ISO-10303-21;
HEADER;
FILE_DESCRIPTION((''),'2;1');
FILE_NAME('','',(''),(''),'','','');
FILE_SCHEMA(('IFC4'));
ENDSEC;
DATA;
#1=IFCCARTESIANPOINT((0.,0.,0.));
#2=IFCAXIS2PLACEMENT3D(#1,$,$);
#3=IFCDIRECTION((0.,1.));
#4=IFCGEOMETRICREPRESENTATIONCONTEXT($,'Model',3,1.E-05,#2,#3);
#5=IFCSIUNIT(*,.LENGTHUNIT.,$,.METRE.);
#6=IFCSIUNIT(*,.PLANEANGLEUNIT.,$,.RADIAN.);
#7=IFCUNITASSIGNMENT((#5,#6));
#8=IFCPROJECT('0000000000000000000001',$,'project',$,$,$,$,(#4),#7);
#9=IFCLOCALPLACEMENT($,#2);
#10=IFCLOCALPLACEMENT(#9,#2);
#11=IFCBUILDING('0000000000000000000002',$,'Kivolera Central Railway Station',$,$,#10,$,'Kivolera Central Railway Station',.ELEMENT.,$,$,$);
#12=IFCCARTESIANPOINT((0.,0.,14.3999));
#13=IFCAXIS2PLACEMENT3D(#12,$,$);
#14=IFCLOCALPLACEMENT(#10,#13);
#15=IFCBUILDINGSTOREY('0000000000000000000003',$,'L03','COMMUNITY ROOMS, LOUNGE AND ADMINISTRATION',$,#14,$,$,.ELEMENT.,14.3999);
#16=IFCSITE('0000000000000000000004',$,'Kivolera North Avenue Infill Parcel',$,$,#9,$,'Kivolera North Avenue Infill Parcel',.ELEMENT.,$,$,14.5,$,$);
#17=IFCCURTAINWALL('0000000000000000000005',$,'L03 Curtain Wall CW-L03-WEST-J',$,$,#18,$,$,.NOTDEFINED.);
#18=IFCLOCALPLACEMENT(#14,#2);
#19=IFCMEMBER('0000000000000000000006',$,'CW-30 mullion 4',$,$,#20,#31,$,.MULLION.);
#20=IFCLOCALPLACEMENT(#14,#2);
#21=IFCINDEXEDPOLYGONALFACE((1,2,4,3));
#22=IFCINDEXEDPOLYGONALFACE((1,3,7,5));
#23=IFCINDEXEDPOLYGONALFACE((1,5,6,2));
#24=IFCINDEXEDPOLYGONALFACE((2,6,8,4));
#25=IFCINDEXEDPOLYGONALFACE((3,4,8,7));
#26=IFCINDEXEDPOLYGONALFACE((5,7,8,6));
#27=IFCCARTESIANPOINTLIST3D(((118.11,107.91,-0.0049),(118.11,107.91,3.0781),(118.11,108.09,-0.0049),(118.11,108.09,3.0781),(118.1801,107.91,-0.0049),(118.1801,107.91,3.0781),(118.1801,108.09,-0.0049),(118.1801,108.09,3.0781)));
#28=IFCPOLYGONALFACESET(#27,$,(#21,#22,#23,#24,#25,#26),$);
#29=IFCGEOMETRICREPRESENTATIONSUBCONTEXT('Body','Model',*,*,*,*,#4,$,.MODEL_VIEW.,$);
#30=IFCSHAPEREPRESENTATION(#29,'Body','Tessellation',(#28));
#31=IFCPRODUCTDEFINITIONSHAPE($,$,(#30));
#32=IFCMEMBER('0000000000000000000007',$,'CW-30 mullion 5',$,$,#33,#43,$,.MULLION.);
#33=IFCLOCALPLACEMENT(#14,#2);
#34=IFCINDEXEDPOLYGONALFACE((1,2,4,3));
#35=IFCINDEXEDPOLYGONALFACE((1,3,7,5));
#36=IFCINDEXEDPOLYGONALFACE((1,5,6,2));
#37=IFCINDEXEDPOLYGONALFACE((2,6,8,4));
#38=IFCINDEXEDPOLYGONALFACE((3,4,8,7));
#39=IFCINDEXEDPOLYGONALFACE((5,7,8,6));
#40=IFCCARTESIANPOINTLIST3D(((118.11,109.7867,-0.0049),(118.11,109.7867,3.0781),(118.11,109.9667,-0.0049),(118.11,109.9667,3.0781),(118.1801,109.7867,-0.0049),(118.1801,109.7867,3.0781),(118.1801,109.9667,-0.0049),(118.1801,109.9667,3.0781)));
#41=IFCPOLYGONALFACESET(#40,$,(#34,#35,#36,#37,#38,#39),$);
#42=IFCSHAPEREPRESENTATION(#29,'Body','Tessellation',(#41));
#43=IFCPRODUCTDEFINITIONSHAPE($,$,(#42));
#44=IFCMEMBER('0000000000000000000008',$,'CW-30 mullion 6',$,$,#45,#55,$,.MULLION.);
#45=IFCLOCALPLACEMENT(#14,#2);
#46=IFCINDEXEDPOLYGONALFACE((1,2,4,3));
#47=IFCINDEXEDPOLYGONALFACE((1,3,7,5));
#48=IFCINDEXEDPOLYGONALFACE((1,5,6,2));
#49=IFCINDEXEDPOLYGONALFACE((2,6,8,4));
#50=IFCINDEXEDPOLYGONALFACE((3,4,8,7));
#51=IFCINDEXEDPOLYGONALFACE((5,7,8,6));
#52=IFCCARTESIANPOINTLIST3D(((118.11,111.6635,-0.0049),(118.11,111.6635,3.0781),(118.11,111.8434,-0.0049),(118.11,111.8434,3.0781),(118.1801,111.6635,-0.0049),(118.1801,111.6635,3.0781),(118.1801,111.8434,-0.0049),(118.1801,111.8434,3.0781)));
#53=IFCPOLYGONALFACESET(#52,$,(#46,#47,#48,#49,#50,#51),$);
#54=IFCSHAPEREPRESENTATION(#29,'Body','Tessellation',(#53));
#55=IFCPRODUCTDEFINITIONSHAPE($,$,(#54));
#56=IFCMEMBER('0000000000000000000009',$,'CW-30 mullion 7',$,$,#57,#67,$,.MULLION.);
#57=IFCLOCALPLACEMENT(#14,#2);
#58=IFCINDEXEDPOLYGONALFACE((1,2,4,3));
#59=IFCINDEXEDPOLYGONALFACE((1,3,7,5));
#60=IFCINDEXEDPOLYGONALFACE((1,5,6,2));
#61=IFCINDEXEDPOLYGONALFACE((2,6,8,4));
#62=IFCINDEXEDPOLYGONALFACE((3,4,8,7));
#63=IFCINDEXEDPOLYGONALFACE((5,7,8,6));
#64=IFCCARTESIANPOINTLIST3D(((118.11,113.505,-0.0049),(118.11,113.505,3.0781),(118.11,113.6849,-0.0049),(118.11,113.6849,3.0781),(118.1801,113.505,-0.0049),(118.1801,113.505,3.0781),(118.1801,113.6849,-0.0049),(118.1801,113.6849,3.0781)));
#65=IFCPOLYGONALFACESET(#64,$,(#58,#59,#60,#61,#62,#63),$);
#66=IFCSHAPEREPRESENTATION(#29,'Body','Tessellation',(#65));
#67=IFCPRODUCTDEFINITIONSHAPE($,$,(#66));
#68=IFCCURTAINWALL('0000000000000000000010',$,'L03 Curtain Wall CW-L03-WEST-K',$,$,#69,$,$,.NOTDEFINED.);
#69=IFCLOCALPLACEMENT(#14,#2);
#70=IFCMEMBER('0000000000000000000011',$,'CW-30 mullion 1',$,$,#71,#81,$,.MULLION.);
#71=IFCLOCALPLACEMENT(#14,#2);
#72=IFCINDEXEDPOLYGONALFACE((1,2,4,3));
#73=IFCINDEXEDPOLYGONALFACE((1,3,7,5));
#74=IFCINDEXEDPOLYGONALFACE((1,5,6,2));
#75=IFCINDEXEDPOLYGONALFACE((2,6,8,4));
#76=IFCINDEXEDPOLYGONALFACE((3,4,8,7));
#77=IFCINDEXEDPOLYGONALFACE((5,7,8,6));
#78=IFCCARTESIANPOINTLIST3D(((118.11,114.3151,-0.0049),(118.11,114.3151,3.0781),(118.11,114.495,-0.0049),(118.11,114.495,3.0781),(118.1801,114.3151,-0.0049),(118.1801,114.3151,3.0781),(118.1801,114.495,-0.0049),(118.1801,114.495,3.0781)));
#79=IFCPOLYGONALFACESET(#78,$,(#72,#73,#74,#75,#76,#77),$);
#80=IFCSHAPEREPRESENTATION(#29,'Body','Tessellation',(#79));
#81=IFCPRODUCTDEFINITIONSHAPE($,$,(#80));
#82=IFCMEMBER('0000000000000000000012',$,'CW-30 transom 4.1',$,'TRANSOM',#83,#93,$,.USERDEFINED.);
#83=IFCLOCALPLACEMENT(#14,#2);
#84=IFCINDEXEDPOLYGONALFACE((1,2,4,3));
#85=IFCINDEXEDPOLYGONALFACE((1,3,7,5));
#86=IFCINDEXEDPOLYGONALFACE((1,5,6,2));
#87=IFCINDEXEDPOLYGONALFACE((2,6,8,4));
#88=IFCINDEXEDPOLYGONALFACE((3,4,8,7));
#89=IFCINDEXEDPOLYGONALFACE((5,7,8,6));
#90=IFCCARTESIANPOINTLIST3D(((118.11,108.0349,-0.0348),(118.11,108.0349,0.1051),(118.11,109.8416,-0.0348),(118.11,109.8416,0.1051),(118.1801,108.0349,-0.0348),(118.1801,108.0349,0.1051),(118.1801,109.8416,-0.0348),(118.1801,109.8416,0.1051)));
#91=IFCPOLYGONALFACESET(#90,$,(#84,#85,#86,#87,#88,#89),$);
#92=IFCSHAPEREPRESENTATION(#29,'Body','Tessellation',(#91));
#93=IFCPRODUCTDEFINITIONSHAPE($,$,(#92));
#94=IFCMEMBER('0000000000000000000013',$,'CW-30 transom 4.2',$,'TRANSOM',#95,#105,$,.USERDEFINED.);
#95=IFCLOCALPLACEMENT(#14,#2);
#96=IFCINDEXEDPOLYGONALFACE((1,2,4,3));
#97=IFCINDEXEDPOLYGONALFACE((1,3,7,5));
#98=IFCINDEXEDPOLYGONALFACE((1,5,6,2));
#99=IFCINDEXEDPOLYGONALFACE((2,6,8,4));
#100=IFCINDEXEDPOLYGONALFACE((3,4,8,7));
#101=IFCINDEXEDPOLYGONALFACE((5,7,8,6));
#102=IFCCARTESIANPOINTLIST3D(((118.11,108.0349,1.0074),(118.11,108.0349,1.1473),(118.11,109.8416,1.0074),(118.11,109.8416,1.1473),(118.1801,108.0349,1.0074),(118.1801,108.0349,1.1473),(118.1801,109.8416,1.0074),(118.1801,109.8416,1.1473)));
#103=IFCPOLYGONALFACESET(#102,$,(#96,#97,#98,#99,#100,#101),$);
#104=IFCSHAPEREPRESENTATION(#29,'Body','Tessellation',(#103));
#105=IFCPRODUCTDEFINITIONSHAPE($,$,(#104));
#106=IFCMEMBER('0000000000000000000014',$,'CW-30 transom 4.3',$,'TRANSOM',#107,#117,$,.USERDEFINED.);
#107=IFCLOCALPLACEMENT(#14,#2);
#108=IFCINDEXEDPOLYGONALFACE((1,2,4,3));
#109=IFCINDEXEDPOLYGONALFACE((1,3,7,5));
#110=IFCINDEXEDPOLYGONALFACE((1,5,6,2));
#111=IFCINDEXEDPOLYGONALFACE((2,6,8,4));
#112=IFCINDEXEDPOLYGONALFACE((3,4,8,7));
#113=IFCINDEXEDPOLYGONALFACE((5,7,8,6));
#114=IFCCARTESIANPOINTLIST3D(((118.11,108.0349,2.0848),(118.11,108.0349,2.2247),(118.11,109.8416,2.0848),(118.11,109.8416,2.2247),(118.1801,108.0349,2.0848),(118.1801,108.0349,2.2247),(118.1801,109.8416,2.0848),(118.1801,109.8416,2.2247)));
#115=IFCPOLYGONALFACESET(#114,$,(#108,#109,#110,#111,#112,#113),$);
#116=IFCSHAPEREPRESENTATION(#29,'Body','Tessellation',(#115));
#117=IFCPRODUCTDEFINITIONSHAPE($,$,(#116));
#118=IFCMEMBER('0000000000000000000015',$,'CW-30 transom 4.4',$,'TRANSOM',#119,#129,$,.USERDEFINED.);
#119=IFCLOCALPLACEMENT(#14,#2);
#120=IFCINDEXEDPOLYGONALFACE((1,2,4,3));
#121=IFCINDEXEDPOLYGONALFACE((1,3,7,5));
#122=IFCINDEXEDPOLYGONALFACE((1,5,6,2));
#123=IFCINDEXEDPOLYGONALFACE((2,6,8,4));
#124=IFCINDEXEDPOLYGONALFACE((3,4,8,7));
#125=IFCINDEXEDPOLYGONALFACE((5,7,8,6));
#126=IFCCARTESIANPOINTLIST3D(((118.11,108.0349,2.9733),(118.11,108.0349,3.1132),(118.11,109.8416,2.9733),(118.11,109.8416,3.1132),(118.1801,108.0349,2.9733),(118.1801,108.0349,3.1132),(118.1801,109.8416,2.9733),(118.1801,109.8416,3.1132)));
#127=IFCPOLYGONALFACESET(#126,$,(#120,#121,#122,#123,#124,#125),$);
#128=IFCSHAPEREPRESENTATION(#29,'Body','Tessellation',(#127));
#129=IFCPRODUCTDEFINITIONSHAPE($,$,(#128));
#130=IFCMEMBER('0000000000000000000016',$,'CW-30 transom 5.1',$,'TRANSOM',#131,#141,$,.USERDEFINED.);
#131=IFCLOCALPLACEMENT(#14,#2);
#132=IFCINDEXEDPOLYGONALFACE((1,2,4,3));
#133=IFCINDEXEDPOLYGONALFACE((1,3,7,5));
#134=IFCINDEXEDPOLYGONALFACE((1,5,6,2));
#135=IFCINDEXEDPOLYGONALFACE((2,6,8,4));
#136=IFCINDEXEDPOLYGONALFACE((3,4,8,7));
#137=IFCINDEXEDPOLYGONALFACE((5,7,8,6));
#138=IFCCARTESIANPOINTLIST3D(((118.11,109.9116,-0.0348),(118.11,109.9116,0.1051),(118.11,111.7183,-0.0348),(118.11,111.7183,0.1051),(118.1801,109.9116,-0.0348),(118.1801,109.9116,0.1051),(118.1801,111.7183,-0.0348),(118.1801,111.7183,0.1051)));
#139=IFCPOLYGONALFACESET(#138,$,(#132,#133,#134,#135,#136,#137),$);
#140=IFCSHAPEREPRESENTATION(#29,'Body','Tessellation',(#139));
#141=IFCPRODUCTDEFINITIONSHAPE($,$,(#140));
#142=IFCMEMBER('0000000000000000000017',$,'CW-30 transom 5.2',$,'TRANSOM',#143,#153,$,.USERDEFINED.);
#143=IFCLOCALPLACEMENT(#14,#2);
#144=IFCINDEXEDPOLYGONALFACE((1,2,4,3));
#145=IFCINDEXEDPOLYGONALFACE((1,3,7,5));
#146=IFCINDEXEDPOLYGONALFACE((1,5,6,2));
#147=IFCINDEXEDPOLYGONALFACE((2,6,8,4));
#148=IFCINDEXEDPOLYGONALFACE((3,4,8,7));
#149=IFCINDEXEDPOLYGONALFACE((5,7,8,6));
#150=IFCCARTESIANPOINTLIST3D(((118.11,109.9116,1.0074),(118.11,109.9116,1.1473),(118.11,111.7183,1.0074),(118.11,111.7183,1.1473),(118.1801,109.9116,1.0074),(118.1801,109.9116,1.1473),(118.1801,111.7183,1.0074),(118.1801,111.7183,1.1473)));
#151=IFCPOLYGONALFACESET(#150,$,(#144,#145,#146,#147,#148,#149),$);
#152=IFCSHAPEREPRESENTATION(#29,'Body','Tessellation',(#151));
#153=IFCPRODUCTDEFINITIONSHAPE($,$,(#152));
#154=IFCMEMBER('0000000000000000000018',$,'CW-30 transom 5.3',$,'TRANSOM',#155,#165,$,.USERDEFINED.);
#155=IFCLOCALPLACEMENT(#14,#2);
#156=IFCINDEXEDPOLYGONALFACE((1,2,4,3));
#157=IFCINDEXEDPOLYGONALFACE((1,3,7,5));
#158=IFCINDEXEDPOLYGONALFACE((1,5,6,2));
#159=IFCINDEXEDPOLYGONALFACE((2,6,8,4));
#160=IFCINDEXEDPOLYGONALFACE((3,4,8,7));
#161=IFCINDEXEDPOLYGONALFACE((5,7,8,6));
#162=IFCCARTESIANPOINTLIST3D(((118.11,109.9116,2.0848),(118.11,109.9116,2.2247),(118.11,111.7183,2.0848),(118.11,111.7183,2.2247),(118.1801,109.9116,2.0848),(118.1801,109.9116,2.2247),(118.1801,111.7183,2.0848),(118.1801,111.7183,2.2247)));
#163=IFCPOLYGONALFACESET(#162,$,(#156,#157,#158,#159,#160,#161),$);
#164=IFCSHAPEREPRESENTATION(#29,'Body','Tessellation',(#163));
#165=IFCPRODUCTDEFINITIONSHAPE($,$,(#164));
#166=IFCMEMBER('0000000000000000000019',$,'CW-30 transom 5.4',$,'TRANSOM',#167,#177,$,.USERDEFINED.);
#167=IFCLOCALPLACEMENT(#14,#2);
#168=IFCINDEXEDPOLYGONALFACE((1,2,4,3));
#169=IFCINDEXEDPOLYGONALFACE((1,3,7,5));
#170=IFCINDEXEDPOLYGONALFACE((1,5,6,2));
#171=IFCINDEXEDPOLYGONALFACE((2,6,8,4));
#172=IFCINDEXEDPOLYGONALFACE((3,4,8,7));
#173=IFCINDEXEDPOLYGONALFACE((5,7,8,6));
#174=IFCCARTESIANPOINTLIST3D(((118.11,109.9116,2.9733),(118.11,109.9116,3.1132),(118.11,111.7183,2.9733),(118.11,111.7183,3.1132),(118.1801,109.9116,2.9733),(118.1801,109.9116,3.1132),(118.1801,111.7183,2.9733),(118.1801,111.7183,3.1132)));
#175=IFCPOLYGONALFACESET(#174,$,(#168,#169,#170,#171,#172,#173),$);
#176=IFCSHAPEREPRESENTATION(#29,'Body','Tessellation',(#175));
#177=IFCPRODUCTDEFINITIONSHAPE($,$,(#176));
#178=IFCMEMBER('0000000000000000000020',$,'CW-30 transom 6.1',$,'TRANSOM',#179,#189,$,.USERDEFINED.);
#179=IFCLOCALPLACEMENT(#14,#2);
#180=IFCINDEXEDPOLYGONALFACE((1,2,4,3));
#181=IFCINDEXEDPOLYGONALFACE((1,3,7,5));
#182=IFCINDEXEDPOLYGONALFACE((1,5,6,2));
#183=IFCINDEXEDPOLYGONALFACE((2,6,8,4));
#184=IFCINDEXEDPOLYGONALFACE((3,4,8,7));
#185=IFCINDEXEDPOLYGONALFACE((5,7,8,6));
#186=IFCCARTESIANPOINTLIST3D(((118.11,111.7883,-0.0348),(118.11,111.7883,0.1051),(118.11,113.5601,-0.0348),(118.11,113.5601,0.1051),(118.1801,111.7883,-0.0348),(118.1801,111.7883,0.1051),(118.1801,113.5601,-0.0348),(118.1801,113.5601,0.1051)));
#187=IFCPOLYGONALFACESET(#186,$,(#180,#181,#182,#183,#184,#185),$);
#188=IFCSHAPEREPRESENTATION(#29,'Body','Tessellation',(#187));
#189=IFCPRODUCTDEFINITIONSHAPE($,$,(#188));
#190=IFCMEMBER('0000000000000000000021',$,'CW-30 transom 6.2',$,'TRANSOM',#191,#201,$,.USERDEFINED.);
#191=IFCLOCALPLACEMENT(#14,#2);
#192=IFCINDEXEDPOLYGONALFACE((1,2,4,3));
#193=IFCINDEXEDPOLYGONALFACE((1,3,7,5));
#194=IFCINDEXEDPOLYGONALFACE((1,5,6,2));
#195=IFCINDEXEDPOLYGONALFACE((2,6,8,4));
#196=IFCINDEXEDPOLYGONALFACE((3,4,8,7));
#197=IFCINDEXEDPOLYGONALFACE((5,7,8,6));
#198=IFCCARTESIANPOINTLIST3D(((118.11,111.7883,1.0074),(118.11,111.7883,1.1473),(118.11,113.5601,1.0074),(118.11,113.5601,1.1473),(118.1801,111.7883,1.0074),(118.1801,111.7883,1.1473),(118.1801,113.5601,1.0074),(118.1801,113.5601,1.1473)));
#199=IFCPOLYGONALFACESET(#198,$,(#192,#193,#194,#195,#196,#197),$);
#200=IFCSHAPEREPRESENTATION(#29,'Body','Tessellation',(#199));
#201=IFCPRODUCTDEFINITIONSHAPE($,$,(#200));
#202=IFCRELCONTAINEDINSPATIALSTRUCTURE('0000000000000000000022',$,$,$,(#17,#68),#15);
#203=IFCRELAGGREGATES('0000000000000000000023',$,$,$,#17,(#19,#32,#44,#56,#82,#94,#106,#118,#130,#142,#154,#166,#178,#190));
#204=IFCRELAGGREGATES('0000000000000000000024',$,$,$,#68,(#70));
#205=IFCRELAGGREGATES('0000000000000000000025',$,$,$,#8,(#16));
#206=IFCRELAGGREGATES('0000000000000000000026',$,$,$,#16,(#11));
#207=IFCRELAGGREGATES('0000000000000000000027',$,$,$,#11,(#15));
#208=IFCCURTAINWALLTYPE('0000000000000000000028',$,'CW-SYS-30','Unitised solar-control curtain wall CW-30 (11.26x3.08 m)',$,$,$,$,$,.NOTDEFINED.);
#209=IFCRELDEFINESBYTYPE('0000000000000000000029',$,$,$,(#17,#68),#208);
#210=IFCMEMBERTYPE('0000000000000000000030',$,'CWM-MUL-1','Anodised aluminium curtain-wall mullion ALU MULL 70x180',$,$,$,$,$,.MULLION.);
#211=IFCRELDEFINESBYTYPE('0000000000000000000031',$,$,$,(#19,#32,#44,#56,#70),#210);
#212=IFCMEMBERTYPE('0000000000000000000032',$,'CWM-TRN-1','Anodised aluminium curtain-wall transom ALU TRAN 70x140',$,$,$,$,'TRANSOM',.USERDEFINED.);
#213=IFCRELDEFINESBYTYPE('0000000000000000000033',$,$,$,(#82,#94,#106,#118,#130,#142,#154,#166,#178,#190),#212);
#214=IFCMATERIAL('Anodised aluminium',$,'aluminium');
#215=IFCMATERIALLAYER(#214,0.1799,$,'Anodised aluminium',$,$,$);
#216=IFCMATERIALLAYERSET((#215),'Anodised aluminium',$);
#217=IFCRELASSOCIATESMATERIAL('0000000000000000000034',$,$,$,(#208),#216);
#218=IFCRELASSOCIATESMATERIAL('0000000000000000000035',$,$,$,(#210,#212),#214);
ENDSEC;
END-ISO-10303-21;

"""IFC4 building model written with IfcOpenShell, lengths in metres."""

from ifc_helpers import new_model, si_unit, direction, frame, origin, origin_2d, place, context, subcontext, project, spatial, rectangle, extrude, material, layer, layer_set, material_profile, profile_set, type_object, element, aggregate, save


model = new_model("IFC4")

# Units and contexts
model_context = context("Model", 3, precision=1e-05, world=origin(), true_north=direction((0.0, 1.0)))
body_context = subcontext(model_context, "Body", "Model", "MODEL_VIEW")
ifc_project = project(units=[si_unit("LENGTHUNIT", "METRE"), si_unit("PLANEANGLEUNIT", "RADIAN")], contexts=[model_context])

# Site, building, storey
site_placement = place(None, origin())
site = spatial("IfcSite", under=ifc_project, at=site_placement, Name="Kivolera North Avenue Infill Parcel", LongName="Kivolera North Avenue Infill Parcel", CompositionType="ELEMENT", RefElevation=14.5)
building_placement = place(site_placement, origin())
building = spatial("IfcBuilding", under=site, at=building_placement, Name="Kivolera Central Railway Station", LongName="Kivolera Central Railway Station", CompositionType="ELEMENT")
storey_placement = place(building_placement, frame((0.0, 0.0, 14.3999)))
storey = spatial("IfcBuildingStorey", under=building, at=storey_placement, Name="L03", Description="COMMUNITY ROOMS, LOUNGE AND ADMINISTRATION", CompositionType="ELEMENT", Elevation=14.3999)

# Curtain wall, members
ifc_material_1 = material(Name="Anodised aluminium", Category="aluminium")
ifc_layer_1 = layer(ifc_material_1, 0.1799, Name="Anodised aluminium")
ifc_layer_set_1 = layer_set([ifc_layer_1], Name="Anodised aluminium")
curtain_wall_type = type_object("IfcCurtainWallType", Name="CW-SYS-30", Description="Unitised solar-control curtain wall CW-30 (11.26x3.08 m)", PredefinedType="NOTDEFINED", material=ifc_layer_set_1)
curtain_wall_1_placement = place(storey_placement, origin())
curtain_wall_1 = element("IfcCurtainWall", 1, at=curtain_wall_1_placement, inside=storey, type_object=curtain_wall_type, Name="L03 Curtain Wall CW-L03-WEST-J", PredefinedType="NOTDEFINED")
ifc_material_profile_1 = material_profile(ifc_material_1, rectangle(XDim=0.0701, YDim=0.1799, at=origin_2d()), Name="ALU MULL 70x180")
ifc_profile_set_1 = profile_set([ifc_material_profile_1], Name="Anodised aluminium")
member_type_1 = type_object("IfcMemberType", Name="CWM-MUL-1", Description="Anodised aluminium curtain-wall mullion ALU MULL 70x180", PredefinedType="MULLION", material=ifc_profile_set_1)
member_1_placement = place(storey_placement, frame((118.145, 108.0, -0.0049), z_axis=(0.0, 0.0, 1.0), x_axis=(-1.0, 0.0, 0.0)))
member_1 = element("IfcMember", 2, at=member_1_placement, type_object=member_type_1, Name="CW-30 mullion 4", PredefinedType="MULLION", context=body_context, shape_type="SweptSolid", body=[
    extrude(rectangle(XDim=0.0701, YDim=0.1799, at=origin_2d()), origin(), (0.0, 0.0, 1.0), 3.083),
])
member_2_placement = place(storey_placement, frame((118.145, 109.8767, -0.0049), z_axis=(0.0, 0.0, 1.0), x_axis=(-1.0, 0.0, 0.0)))
member_2 = element("IfcMember", 3, at=member_2_placement, type_object=member_type_1, Name="CW-30 mullion 5", PredefinedType="MULLION", context=body_context, shape_type="SweptSolid", body=[
    extrude(rectangle(XDim=0.0701, YDim=0.1799, at=origin_2d()), origin(), (0.0, 0.0, 1.0), 3.083),
])
member_3_placement = place(storey_placement, frame((118.145, 111.7534, -0.0049), z_axis=(0.0, 0.0, 1.0), x_axis=(-1.0, 0.0, 0.0)))
member_3 = element("IfcMember", 4, at=member_3_placement, type_object=member_type_1, Name="CW-30 mullion 6", PredefinedType="MULLION", context=body_context, shape_type="SweptSolid", body=[
    extrude(rectangle(XDim=0.0701, YDim=0.1799, at=origin_2d()), origin(), (0.0, 0.0, 1.0), 3.083),
])
member_4_placement = place(storey_placement, frame((118.145, 113.595, -0.0049), z_axis=(0.0, 0.0, 1.0), x_axis=(-1.0, 0.0, 0.0)))
member_4 = element("IfcMember", 5, at=member_4_placement, type_object=member_type_1, Name="CW-30 mullion 7", PredefinedType="MULLION", context=body_context, shape_type="SweptSolid", body=[
    extrude(rectangle(XDim=0.0701, YDim=0.1799, at=origin_2d()), origin(), (0.0, 0.0, 1.0), 3.083),
])

# Curtain wall, member
curtain_wall_2_placement = place(storey_placement, origin())
curtain_wall_2 = element("IfcCurtainWall", 6, at=curtain_wall_2_placement, inside=storey, type_object=curtain_wall_type, Name="L03 Curtain Wall CW-L03-WEST-K", PredefinedType="NOTDEFINED")
member_5_placement = place(storey_placement, frame((118.145, 114.405, -0.0049), z_axis=(0.0, 0.0, 1.0), x_axis=(-1.0, 0.0, 0.0)))
member_5 = element("IfcMember", 7, at=member_5_placement, type_object=member_type_1, Name="CW-30 mullion 1", PredefinedType="MULLION", context=body_context, shape_type="SweptSolid", body=[
    extrude(rectangle(XDim=0.0701, YDim=0.1799, at=origin_2d()), origin(), (0.0, 0.0, 1.0), 3.083),
])

# Members
ifc_material_profile_2 = material_profile(ifc_material_1, rectangle(XDim=0.0701, YDim=0.1399, at=origin_2d()), Name="ALU TRAN 70x140")
ifc_profile_set_2 = profile_set([ifc_material_profile_2], Name="Anodised aluminium")
member_type_2 = type_object("IfcMemberType", Name="CWM-TRN-1", Description="Anodised aluminium curtain-wall transom ALU TRAN 70x140", ElementType="TRANSOM", PredefinedType="USERDEFINED", material=ifc_profile_set_2)
member_6_placement = place(storey_placement, frame((118.145, 108.0349, 0.0352), z_axis=(0.0, 1.0, 0.0), x_axis=(-1.0, 0.0, 0.0)))
member_6 = element("IfcMember", 8, at=member_6_placement, type_object=member_type_2, Name="CW-30 transom 4.1", ObjectType="TRANSOM", PredefinedType="USERDEFINED", context=body_context, shape_type="SweptSolid", body=[
    extrude(rectangle(XDim=0.0701, YDim=0.1399, at=origin_2d()), origin(), (0.0, 0.0, 1.0), 1.8066),
])
member_7_placement = place(storey_placement, frame((118.145, 108.0349, 1.0774), z_axis=(0.0, 1.0, 0.0), x_axis=(-1.0, 0.0, 0.0)))
member_7 = element("IfcMember", 9, at=member_7_placement, type_object=member_type_2, Name="CW-30 transom 4.2", ObjectType="TRANSOM", PredefinedType="USERDEFINED", context=body_context, shape_type="SweptSolid", body=[
    extrude(rectangle(XDim=0.0701, YDim=0.1399, at=origin_2d()), origin(), (0.0, 0.0, 1.0), 1.8066),
])
member_8_placement = place(storey_placement, frame((118.145, 108.0349, 2.1548), z_axis=(0.0, 1.0, 0.0), x_axis=(-1.0, 0.0, 0.0)))
member_8 = element("IfcMember", 10, at=member_8_placement, type_object=member_type_2, Name="CW-30 transom 4.3", ObjectType="TRANSOM", PredefinedType="USERDEFINED", context=body_context, shape_type="SweptSolid", body=[
    extrude(rectangle(XDim=0.0701, YDim=0.1399, at=origin_2d()), origin(), (0.0, 0.0, 1.0), 1.8066),
])
member_9_placement = place(storey_placement, frame((118.145, 108.0349, 3.0432), z_axis=(0.0, 1.0, 0.0), x_axis=(-1.0, 0.0, 0.0)))
member_9 = element("IfcMember", 11, at=member_9_placement, type_object=member_type_2, Name="CW-30 transom 4.4", ObjectType="TRANSOM", PredefinedType="USERDEFINED", context=body_context, shape_type="SweptSolid", body=[
    extrude(rectangle(XDim=0.0701, YDim=0.1399, at=origin_2d()), origin(), (0.0, 0.0, 1.0), 1.8066),
])
member_10_placement = place(storey_placement, frame((118.145, 109.9116, 0.0352), z_axis=(0.0, 1.0, 0.0), x_axis=(-1.0, 0.0, 0.0)))
member_10 = element("IfcMember", 12, at=member_10_placement, type_object=member_type_2, Name="CW-30 transom 5.1", ObjectType="TRANSOM", PredefinedType="USERDEFINED", context=body_context, shape_type="SweptSolid", body=[
    extrude(rectangle(XDim=0.0701, YDim=0.1399, at=origin_2d()), origin(), (0.0, 0.0, 1.0), 1.8066),
])
member_11_placement = place(storey_placement, frame((118.145, 109.9116, 1.0774), z_axis=(0.0, 1.0, 0.0), x_axis=(-1.0, 0.0, 0.0)))
member_11 = element("IfcMember", 13, at=member_11_placement, type_object=member_type_2, Name="CW-30 transom 5.2", ObjectType="TRANSOM", PredefinedType="USERDEFINED", context=body_context, shape_type="SweptSolid", body=[
    extrude(rectangle(XDim=0.0701, YDim=0.1399, at=origin_2d()), origin(), (0.0, 0.0, 1.0), 1.8066),
])
member_12_placement = place(storey_placement, frame((118.145, 109.9116, 2.1548), z_axis=(0.0, 1.0, 0.0), x_axis=(-1.0, 0.0, 0.0)))
member_12 = element("IfcMember", 14, at=member_12_placement, type_object=member_type_2, Name="CW-30 transom 5.3", ObjectType="TRANSOM", PredefinedType="USERDEFINED", context=body_context, shape_type="SweptSolid", body=[
    extrude(rectangle(XDim=0.0701, YDim=0.1399, at=origin_2d()), origin(), (0.0, 0.0, 1.0), 1.8066),
])
member_13_placement = place(storey_placement, frame((118.145, 109.9116, 3.0432), z_axis=(0.0, 1.0, 0.0), x_axis=(-1.0, 0.0, 0.0)))
member_13 = element("IfcMember", 15, at=member_13_placement, type_object=member_type_2, Name="CW-30 transom 5.4", ObjectType="TRANSOM", PredefinedType="USERDEFINED", context=body_context, shape_type="SweptSolid", body=[
    extrude(rectangle(XDim=0.0701, YDim=0.1399, at=origin_2d()), origin(), (0.0, 0.0, 1.0), 1.8066),
])
member_14_placement = place(storey_placement, frame((118.145, 111.7883, 0.0352), z_axis=(0.0, 1.0, 0.0), x_axis=(-1.0, 0.0, 0.0)))
member_14 = element("IfcMember", 16, at=member_14_placement, type_object=member_type_2, Name="CW-30 transom 6.1", ObjectType="TRANSOM", PredefinedType="USERDEFINED", context=body_context, shape_type="SweptSolid", body=[
    extrude(rectangle(XDim=0.0701, YDim=0.1399, at=origin_2d()), origin(), (0.0, 0.0, 1.0), 1.7717),
])
member_15_placement = place(storey_placement, frame((118.145, 111.7883, 1.0774), z_axis=(0.0, 1.0, 0.0), x_axis=(-1.0, 0.0, 0.0)))
member_15 = element("IfcMember", 17, at=member_15_placement, type_object=member_type_2, Name="CW-30 transom 6.2", ObjectType="TRANSOM", PredefinedType="USERDEFINED", context=body_context, shape_type="SweptSolid", body=[
    extrude(rectangle(XDim=0.0701, YDim=0.1399, at=origin_2d()), origin(), (0.0, 0.0, 1.0), 1.7717),
])

aggregate(curtain_wall_1, [member_1, member_2, member_3, member_4, member_6, member_7, member_8, member_9, member_10, member_11, member_12, member_13, member_14, member_15])
aggregate(curtain_wall_2, [member_5])

save(model, "model.ifc")
